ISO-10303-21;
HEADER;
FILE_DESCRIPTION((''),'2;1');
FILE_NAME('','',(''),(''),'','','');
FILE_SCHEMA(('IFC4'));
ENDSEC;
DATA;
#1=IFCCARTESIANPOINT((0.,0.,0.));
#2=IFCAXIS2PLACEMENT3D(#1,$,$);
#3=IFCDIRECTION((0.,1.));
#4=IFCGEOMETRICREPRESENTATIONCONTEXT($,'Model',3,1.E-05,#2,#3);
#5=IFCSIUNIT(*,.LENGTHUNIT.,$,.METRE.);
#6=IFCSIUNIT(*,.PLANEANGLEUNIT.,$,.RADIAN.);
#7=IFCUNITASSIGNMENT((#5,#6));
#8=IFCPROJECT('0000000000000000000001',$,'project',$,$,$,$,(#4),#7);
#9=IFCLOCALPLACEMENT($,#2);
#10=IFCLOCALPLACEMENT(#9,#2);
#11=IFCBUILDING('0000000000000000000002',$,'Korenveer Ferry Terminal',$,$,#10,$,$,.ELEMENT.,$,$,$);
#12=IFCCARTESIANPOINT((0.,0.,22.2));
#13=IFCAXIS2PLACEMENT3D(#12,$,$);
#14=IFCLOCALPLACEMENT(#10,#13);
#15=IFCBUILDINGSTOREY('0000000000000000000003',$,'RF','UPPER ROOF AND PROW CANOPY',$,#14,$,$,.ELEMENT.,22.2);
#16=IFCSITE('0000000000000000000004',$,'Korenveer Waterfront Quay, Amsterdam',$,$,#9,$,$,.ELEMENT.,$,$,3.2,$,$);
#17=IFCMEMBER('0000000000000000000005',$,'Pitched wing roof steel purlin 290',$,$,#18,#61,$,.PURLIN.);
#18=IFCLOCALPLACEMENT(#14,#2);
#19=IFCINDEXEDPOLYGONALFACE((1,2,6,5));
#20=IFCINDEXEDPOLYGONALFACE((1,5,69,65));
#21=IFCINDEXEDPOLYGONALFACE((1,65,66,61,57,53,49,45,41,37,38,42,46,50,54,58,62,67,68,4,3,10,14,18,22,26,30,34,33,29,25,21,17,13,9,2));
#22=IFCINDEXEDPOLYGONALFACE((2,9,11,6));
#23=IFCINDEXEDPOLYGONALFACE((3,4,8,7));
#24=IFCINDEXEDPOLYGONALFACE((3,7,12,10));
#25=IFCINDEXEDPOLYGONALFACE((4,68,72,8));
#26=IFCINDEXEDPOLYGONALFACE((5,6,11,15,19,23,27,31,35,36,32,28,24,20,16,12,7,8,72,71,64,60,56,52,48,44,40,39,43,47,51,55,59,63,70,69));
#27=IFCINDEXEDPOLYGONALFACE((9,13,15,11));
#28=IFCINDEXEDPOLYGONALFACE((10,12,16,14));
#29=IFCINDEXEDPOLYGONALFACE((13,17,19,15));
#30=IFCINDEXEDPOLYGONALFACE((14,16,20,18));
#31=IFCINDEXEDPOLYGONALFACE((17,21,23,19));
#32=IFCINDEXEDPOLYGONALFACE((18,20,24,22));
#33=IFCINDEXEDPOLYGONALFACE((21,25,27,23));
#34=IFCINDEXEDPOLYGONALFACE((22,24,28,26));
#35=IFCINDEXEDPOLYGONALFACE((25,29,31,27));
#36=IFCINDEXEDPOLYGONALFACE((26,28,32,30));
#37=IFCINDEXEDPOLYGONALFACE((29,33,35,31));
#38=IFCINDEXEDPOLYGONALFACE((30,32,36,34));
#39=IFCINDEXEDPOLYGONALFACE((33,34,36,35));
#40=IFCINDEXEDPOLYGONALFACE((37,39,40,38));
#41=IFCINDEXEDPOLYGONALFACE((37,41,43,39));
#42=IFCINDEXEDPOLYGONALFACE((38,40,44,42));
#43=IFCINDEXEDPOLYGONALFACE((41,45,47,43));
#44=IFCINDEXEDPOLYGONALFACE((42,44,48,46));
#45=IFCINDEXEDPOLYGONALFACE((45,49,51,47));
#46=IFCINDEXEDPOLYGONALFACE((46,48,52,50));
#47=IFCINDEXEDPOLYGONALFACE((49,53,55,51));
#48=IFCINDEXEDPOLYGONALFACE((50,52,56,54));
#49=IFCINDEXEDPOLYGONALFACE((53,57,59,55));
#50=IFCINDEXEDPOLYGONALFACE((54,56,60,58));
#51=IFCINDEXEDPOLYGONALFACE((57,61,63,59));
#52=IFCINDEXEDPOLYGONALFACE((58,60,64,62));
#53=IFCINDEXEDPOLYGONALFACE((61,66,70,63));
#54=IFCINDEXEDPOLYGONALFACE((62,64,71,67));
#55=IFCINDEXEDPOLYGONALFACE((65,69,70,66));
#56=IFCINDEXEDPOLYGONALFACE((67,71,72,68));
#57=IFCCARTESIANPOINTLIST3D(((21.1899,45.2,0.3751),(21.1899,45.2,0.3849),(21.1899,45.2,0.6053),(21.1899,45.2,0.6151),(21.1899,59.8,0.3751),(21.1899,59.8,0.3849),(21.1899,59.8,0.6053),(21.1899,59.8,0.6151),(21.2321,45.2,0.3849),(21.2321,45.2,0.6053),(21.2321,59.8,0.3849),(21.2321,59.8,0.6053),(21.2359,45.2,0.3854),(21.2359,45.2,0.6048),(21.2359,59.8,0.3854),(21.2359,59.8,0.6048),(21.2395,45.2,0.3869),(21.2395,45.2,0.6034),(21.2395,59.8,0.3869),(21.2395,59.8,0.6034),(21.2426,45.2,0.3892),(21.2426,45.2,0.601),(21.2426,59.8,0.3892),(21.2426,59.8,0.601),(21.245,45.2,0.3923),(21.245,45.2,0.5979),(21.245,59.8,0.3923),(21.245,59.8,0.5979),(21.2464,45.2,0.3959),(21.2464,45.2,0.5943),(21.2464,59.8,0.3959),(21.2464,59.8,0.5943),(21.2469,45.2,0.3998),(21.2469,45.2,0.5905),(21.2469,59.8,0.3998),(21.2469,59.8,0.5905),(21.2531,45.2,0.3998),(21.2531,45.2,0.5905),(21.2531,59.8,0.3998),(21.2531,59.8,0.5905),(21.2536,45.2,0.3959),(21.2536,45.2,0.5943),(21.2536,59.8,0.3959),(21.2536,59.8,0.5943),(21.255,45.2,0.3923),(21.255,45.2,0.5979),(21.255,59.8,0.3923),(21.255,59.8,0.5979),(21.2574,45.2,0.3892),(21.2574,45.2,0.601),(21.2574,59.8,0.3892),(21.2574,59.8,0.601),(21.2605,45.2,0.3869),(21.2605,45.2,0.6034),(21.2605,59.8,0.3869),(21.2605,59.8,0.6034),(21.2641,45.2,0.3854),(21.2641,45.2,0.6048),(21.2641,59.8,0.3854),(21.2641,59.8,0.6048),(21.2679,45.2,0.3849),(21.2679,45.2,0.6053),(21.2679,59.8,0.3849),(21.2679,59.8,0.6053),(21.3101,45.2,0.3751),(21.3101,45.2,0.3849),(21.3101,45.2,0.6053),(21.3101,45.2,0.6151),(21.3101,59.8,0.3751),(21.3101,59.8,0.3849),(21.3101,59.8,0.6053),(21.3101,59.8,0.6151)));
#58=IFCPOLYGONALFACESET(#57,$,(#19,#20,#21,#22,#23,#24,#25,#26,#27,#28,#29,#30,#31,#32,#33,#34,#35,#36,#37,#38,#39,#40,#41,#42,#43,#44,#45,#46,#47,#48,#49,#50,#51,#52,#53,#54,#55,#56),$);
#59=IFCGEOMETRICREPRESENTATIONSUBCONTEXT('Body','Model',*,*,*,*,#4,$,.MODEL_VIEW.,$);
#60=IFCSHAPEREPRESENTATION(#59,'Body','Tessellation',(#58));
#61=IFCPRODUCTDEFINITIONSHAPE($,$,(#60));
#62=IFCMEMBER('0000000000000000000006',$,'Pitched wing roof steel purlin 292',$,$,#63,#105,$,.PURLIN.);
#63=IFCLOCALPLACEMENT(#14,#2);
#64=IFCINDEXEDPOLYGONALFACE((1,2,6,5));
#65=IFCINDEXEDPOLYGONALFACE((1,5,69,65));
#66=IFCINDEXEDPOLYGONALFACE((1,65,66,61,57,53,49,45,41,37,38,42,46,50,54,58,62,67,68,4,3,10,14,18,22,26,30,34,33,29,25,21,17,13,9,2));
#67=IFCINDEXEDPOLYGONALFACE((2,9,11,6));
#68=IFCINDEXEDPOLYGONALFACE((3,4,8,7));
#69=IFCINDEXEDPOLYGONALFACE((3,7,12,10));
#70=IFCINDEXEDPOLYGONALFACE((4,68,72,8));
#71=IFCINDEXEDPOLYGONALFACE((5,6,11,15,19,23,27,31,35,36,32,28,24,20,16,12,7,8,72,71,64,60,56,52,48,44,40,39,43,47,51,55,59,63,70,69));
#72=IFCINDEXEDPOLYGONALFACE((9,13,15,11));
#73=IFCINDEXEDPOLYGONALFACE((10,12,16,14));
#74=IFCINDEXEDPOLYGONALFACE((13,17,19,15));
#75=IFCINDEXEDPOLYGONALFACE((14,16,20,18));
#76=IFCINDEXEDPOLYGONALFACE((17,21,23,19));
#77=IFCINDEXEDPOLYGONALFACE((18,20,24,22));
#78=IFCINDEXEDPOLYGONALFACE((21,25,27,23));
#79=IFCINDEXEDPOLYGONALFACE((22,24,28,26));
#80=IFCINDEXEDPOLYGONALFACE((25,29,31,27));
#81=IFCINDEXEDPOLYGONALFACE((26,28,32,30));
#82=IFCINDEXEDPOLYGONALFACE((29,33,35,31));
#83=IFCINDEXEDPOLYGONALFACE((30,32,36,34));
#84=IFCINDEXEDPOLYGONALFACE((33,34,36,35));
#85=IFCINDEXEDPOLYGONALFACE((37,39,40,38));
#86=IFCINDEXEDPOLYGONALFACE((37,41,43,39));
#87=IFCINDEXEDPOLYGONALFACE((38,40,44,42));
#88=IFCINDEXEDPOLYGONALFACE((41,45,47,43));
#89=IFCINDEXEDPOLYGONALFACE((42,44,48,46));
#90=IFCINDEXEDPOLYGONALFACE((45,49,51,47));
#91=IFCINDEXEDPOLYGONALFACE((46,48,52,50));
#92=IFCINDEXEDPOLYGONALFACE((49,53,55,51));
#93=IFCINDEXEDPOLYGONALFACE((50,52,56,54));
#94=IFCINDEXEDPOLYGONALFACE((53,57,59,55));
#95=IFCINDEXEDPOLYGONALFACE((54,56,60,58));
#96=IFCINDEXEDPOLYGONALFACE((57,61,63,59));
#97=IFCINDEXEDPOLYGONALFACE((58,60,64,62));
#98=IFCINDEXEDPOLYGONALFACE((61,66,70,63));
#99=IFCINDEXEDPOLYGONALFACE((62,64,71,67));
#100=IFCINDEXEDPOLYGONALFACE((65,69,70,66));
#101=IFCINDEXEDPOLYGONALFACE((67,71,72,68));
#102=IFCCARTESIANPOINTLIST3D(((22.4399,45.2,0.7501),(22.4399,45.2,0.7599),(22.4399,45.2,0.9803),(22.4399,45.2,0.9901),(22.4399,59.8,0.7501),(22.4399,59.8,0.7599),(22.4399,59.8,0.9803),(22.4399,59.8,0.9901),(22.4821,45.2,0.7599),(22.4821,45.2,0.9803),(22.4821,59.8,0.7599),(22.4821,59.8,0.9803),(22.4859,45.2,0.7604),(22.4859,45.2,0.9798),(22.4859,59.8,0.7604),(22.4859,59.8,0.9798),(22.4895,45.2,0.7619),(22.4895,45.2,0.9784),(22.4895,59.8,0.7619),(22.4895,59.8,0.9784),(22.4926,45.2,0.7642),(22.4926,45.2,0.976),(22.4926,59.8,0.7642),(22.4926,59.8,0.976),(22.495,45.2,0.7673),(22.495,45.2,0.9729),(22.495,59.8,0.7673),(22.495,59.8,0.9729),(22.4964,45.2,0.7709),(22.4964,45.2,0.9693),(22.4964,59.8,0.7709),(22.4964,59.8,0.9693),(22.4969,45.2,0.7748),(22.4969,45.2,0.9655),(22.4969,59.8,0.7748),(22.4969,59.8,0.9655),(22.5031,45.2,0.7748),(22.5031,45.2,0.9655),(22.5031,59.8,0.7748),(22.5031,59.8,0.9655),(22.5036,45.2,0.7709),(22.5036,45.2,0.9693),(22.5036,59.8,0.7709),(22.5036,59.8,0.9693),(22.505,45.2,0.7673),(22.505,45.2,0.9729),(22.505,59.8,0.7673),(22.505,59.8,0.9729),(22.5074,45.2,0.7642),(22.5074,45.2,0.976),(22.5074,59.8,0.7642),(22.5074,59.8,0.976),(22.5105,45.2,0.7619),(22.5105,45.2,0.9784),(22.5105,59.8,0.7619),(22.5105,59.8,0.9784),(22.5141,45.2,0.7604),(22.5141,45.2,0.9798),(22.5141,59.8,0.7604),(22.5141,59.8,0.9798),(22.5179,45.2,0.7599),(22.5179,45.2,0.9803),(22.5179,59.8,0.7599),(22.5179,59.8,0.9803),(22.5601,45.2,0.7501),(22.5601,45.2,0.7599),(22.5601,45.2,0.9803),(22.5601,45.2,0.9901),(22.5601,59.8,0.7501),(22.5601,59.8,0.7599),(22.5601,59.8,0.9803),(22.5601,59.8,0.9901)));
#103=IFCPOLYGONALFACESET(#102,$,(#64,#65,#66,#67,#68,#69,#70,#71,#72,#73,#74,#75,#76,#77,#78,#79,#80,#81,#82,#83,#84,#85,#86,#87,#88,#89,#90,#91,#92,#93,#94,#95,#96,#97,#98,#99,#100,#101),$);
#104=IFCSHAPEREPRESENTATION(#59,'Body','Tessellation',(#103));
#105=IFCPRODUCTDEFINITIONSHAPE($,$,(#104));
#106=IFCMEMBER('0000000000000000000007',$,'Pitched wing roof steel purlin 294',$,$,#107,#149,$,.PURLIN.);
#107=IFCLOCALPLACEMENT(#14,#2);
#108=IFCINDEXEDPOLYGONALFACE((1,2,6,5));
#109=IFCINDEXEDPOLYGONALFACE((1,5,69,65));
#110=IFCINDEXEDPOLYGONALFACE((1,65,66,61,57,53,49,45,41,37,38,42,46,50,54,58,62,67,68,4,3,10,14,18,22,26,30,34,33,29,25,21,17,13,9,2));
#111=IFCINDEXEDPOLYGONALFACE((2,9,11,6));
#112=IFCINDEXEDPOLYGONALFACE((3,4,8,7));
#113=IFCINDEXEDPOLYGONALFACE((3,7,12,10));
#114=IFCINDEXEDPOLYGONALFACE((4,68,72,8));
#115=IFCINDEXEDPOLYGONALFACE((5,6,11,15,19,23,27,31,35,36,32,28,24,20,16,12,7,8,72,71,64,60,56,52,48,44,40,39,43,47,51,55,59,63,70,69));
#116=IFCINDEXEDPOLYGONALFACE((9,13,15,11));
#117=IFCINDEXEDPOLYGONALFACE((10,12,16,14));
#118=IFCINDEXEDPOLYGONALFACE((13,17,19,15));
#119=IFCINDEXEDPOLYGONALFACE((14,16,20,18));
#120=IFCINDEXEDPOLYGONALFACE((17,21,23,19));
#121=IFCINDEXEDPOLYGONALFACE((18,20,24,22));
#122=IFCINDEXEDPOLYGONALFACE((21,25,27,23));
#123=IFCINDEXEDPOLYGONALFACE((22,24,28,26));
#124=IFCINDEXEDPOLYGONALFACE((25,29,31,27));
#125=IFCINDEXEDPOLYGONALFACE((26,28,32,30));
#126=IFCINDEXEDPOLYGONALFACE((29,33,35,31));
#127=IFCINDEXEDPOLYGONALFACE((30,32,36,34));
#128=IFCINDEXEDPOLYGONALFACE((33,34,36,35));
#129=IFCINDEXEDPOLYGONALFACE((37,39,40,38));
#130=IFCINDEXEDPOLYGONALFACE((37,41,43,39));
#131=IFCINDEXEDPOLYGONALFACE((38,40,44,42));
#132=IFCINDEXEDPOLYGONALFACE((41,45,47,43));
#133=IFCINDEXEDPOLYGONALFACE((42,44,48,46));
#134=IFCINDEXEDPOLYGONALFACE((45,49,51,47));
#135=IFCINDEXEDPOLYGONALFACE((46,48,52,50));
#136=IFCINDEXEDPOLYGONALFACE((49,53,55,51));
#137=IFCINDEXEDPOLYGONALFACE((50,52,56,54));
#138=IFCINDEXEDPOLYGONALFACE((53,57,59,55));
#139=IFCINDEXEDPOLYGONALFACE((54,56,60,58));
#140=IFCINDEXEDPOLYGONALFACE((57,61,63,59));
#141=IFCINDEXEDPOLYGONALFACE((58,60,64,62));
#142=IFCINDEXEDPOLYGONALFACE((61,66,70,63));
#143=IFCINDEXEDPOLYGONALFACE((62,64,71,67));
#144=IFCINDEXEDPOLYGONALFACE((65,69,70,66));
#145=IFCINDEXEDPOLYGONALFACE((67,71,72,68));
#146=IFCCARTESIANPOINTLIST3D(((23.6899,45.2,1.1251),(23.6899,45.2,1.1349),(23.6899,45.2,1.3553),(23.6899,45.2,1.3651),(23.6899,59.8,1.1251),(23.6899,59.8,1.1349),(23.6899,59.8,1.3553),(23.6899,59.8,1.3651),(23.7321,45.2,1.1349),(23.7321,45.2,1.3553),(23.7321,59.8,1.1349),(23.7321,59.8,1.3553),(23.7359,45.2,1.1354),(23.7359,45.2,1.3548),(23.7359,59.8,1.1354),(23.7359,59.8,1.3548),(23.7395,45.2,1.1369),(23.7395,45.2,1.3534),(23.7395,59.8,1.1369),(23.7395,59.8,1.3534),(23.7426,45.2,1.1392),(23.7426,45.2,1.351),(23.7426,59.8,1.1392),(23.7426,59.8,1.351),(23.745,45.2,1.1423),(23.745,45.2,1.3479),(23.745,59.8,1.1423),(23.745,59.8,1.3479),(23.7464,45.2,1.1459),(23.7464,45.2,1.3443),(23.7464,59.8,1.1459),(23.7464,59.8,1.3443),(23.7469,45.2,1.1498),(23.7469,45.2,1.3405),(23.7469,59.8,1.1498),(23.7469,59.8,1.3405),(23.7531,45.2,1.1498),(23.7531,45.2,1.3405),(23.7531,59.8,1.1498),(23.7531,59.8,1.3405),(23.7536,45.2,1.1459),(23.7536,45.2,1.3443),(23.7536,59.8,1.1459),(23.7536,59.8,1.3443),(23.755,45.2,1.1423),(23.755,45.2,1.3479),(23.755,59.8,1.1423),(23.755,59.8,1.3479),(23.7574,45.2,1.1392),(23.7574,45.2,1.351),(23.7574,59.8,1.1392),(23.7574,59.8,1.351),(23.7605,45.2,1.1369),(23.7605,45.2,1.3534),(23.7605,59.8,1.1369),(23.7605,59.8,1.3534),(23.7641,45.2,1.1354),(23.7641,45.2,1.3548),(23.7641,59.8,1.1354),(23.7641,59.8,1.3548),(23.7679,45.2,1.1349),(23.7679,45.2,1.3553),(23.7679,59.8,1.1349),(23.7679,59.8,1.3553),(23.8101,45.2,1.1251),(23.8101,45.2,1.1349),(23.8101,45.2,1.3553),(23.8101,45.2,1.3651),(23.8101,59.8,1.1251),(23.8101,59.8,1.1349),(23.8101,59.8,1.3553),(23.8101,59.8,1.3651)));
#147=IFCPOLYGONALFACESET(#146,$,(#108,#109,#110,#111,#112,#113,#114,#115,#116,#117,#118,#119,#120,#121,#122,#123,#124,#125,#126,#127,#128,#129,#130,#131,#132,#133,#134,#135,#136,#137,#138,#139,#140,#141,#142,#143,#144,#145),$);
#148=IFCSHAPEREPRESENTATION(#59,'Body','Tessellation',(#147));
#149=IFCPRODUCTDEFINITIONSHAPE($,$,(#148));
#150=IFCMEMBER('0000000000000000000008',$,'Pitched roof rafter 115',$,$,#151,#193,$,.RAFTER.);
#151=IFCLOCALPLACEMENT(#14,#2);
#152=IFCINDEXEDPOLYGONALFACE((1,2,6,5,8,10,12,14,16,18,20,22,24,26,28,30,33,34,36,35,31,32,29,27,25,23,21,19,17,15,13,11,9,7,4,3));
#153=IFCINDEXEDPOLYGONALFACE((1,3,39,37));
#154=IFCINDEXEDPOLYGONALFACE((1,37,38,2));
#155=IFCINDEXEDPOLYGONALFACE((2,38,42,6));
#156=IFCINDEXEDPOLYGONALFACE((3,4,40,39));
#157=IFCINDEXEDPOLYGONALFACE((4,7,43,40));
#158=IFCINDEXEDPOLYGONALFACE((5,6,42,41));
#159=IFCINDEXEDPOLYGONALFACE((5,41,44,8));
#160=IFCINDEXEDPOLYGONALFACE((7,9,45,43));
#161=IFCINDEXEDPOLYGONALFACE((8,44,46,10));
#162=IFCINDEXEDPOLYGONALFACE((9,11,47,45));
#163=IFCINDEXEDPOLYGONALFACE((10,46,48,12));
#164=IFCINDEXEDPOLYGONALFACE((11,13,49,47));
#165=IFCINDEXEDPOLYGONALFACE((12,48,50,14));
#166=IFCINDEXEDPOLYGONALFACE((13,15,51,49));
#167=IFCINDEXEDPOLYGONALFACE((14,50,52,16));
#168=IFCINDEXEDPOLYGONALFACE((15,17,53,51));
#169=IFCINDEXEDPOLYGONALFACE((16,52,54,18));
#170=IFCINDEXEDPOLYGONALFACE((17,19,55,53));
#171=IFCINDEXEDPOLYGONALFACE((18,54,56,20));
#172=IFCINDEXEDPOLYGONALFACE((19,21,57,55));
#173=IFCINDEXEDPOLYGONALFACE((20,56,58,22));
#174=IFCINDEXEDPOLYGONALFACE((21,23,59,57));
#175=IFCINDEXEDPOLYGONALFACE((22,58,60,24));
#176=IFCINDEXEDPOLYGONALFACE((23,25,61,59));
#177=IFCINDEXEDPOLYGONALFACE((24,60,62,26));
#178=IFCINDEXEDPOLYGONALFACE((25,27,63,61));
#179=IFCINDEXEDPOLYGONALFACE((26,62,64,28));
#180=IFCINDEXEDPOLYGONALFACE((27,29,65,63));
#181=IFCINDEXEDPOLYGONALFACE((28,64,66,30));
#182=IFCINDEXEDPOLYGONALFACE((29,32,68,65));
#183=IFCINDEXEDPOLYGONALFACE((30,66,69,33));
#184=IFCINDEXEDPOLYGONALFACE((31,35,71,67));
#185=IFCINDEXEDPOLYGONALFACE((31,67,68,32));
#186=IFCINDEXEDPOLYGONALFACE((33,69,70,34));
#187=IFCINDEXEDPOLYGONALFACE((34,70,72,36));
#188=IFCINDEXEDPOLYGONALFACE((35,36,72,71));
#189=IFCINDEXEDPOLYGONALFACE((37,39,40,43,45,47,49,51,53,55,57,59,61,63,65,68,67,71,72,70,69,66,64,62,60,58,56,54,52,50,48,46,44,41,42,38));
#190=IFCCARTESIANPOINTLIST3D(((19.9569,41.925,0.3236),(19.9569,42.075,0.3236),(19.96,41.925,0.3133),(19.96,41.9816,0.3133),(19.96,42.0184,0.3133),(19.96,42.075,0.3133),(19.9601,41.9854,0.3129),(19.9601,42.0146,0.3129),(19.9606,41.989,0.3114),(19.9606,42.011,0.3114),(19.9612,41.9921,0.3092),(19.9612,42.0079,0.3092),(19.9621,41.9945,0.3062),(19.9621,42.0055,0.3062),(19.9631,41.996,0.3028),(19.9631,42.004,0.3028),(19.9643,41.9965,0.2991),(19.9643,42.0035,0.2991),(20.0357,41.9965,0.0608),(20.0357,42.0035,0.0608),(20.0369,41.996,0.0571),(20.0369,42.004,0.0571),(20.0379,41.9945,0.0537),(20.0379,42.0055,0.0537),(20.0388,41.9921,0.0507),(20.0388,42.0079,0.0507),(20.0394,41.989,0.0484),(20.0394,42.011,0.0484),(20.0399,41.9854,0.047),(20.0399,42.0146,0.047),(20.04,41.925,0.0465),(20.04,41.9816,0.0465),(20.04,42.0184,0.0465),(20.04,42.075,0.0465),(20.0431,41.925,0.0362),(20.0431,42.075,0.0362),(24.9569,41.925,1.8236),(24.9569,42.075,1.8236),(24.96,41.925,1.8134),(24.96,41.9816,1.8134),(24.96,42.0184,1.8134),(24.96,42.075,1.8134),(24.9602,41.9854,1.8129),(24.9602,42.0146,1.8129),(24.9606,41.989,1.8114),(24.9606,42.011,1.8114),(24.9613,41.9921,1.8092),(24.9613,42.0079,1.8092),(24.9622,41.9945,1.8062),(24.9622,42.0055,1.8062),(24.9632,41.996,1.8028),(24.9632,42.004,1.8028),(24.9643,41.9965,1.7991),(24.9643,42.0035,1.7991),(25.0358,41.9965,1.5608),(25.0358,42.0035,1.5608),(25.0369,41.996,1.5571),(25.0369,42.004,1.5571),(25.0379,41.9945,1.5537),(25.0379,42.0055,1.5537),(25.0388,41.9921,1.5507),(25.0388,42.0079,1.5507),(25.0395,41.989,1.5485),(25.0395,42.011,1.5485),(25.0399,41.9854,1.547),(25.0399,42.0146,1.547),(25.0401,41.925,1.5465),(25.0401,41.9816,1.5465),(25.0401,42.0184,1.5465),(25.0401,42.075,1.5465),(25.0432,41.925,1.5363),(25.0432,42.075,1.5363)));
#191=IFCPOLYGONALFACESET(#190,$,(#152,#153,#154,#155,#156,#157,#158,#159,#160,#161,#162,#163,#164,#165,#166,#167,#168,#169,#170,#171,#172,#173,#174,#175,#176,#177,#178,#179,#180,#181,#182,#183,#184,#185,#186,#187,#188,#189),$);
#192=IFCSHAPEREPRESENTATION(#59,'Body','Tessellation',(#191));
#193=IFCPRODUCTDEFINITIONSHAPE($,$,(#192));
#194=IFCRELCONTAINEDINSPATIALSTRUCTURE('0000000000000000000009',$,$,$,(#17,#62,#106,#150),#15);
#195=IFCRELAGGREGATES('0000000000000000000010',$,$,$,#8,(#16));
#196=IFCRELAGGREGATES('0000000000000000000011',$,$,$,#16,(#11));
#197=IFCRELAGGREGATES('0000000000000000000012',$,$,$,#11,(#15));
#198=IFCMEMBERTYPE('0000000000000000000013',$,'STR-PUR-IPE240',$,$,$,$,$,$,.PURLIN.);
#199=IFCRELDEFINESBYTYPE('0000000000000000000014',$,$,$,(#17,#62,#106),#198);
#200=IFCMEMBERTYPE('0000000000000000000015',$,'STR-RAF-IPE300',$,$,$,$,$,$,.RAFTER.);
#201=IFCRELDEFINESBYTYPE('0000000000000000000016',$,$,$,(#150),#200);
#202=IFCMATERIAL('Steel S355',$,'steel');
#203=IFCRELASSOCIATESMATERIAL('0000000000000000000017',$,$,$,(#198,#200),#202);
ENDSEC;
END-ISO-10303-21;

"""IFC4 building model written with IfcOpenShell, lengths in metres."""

from ifc_helpers import new_model, si_unit, direction, frame, origin, origin_2d, place, context, subcontext, project, spatial, i_section, extrude, material, material_profile, profile_set, type_object, element, save


model = new_model("IFC4")

# Units and contexts
model_context = context("Model", 3, precision=1e-05, world=origin(), true_north=direction((0.0, 1.0)))
body_context = subcontext(model_context, "Body", "Model", "MODEL_VIEW")
ifc_project = project(units=[si_unit("LENGTHUNIT", "METRE"), si_unit("PLANEANGLEUNIT", "RADIAN")], contexts=[model_context])

# Site, building, storey
site_placement = place(None, origin())
site = spatial("IfcSite", under=ifc_project, at=site_placement, Name="Korenveer Waterfront Quay, Amsterdam", CompositionType="ELEMENT", RefElevation=3.2)
building_placement = place(site_placement, origin())
building = spatial("IfcBuilding", under=site, at=building_placement, Name="Korenveer Ferry Terminal", CompositionType="ELEMENT")
storey_placement = place(building_placement, frame((0.0, 0.0, 22.2)))
storey = spatial("IfcBuildingStorey", under=building, at=storey_placement, Name="RF", Description="UPPER ROOF AND PROW CANOPY", CompositionType="ELEMENT", Elevation=22.2)

# Shared definitions
ifc_material_1 = material(Name="Steel S355", Category="steel")

# Members
ifc_material_profile_1 = material_profile(ifc_material_1, i_section(OverallWidth=0.1201, OverallDepth=0.24, WebThickness=0.0061, FlangeThickness=0.0098, FilletRadius=0.0149, at=origin_2d()), Name="IPE 240")
ifc_profile_set_1 = profile_set([ifc_material_profile_1], Name="Steel S355")
member_type_1 = type_object("IfcMemberType", Name="STR-PUR-IPE240", PredefinedType="PURLIN", material=ifc_profile_set_1)
for number, where, z_axis, x_axis, name in (
    (1, (21.25, 45.2, 0.4951), (0.0, 1.0, 0.0), (-1.0, 0.0, 0.0), "Pitched wing roof steel purlin 290"),
    (2, (22.5, 45.2, 0.8701), (0.0, 1.0, 0.0), (-1.0, 0.0, 0.0), "Pitched wing roof steel purlin 292"),
    (3, (23.75, 45.2, 1.2451), (0.0, 1.0, 0.0), (-1.0, 0.0, 0.0), "Pitched wing roof steel purlin 294"),
):
    element("IfcMember", number, at=place(storey_placement, frame(where, z_axis=z_axis, x_axis=x_axis)), inside=storey, type_object=member_type_1, Name=name, PredefinedType="PURLIN", context=body_context, shape_type="SweptSolid", body=[
        extrude(i_section(OverallWidth=0.1201, OverallDepth=0.24, WebThickness=0.0061, FlangeThickness=0.0098, FilletRadius=0.0149, at=origin_2d()), origin(), (0.0, 0.0, 1.0), 14.6001),
    ])
ifc_material_profile_2 = material_profile(ifc_material_1, i_section(OverallWidth=0.1499, OverallDepth=0.3, WebThickness=0.0071, FlangeThickness=0.0107, FilletRadius=0.0149, at=origin_2d()), Name="IPE 300")
ifc_profile_set_2 = profile_set([ifc_material_profile_2], Name="Steel S355")
member_type_2 = type_object("IfcMemberType", Name="STR-RAF-IPE300", PredefinedType="RAFTER", material=ifc_profile_set_2)
for number, where, z_axis, x_axis, name in (
    (4, (20.0, 42.0, 0.1799), (0.957826, 0.0, 0.287348), (0.0, 1.0, 0.0), "Pitched roof rafter 115"),
):
    element("IfcMember", number, at=place(storey_placement, frame(where, z_axis=z_axis, x_axis=x_axis)), inside=storey, type_object=member_type_2, Name=name, PredefinedType="RAFTER", context=body_context, shape_type="SweptSolid", body=[
        extrude(i_section(OverallWidth=0.1499, OverallDepth=0.3, WebThickness=0.0071, FlangeThickness=0.0107, FilletRadius=0.0149, at=origin_2d()), origin(), (0.0, 0.0, 1.0), 5.2202),
    ])

save(model, "model.ifc")
